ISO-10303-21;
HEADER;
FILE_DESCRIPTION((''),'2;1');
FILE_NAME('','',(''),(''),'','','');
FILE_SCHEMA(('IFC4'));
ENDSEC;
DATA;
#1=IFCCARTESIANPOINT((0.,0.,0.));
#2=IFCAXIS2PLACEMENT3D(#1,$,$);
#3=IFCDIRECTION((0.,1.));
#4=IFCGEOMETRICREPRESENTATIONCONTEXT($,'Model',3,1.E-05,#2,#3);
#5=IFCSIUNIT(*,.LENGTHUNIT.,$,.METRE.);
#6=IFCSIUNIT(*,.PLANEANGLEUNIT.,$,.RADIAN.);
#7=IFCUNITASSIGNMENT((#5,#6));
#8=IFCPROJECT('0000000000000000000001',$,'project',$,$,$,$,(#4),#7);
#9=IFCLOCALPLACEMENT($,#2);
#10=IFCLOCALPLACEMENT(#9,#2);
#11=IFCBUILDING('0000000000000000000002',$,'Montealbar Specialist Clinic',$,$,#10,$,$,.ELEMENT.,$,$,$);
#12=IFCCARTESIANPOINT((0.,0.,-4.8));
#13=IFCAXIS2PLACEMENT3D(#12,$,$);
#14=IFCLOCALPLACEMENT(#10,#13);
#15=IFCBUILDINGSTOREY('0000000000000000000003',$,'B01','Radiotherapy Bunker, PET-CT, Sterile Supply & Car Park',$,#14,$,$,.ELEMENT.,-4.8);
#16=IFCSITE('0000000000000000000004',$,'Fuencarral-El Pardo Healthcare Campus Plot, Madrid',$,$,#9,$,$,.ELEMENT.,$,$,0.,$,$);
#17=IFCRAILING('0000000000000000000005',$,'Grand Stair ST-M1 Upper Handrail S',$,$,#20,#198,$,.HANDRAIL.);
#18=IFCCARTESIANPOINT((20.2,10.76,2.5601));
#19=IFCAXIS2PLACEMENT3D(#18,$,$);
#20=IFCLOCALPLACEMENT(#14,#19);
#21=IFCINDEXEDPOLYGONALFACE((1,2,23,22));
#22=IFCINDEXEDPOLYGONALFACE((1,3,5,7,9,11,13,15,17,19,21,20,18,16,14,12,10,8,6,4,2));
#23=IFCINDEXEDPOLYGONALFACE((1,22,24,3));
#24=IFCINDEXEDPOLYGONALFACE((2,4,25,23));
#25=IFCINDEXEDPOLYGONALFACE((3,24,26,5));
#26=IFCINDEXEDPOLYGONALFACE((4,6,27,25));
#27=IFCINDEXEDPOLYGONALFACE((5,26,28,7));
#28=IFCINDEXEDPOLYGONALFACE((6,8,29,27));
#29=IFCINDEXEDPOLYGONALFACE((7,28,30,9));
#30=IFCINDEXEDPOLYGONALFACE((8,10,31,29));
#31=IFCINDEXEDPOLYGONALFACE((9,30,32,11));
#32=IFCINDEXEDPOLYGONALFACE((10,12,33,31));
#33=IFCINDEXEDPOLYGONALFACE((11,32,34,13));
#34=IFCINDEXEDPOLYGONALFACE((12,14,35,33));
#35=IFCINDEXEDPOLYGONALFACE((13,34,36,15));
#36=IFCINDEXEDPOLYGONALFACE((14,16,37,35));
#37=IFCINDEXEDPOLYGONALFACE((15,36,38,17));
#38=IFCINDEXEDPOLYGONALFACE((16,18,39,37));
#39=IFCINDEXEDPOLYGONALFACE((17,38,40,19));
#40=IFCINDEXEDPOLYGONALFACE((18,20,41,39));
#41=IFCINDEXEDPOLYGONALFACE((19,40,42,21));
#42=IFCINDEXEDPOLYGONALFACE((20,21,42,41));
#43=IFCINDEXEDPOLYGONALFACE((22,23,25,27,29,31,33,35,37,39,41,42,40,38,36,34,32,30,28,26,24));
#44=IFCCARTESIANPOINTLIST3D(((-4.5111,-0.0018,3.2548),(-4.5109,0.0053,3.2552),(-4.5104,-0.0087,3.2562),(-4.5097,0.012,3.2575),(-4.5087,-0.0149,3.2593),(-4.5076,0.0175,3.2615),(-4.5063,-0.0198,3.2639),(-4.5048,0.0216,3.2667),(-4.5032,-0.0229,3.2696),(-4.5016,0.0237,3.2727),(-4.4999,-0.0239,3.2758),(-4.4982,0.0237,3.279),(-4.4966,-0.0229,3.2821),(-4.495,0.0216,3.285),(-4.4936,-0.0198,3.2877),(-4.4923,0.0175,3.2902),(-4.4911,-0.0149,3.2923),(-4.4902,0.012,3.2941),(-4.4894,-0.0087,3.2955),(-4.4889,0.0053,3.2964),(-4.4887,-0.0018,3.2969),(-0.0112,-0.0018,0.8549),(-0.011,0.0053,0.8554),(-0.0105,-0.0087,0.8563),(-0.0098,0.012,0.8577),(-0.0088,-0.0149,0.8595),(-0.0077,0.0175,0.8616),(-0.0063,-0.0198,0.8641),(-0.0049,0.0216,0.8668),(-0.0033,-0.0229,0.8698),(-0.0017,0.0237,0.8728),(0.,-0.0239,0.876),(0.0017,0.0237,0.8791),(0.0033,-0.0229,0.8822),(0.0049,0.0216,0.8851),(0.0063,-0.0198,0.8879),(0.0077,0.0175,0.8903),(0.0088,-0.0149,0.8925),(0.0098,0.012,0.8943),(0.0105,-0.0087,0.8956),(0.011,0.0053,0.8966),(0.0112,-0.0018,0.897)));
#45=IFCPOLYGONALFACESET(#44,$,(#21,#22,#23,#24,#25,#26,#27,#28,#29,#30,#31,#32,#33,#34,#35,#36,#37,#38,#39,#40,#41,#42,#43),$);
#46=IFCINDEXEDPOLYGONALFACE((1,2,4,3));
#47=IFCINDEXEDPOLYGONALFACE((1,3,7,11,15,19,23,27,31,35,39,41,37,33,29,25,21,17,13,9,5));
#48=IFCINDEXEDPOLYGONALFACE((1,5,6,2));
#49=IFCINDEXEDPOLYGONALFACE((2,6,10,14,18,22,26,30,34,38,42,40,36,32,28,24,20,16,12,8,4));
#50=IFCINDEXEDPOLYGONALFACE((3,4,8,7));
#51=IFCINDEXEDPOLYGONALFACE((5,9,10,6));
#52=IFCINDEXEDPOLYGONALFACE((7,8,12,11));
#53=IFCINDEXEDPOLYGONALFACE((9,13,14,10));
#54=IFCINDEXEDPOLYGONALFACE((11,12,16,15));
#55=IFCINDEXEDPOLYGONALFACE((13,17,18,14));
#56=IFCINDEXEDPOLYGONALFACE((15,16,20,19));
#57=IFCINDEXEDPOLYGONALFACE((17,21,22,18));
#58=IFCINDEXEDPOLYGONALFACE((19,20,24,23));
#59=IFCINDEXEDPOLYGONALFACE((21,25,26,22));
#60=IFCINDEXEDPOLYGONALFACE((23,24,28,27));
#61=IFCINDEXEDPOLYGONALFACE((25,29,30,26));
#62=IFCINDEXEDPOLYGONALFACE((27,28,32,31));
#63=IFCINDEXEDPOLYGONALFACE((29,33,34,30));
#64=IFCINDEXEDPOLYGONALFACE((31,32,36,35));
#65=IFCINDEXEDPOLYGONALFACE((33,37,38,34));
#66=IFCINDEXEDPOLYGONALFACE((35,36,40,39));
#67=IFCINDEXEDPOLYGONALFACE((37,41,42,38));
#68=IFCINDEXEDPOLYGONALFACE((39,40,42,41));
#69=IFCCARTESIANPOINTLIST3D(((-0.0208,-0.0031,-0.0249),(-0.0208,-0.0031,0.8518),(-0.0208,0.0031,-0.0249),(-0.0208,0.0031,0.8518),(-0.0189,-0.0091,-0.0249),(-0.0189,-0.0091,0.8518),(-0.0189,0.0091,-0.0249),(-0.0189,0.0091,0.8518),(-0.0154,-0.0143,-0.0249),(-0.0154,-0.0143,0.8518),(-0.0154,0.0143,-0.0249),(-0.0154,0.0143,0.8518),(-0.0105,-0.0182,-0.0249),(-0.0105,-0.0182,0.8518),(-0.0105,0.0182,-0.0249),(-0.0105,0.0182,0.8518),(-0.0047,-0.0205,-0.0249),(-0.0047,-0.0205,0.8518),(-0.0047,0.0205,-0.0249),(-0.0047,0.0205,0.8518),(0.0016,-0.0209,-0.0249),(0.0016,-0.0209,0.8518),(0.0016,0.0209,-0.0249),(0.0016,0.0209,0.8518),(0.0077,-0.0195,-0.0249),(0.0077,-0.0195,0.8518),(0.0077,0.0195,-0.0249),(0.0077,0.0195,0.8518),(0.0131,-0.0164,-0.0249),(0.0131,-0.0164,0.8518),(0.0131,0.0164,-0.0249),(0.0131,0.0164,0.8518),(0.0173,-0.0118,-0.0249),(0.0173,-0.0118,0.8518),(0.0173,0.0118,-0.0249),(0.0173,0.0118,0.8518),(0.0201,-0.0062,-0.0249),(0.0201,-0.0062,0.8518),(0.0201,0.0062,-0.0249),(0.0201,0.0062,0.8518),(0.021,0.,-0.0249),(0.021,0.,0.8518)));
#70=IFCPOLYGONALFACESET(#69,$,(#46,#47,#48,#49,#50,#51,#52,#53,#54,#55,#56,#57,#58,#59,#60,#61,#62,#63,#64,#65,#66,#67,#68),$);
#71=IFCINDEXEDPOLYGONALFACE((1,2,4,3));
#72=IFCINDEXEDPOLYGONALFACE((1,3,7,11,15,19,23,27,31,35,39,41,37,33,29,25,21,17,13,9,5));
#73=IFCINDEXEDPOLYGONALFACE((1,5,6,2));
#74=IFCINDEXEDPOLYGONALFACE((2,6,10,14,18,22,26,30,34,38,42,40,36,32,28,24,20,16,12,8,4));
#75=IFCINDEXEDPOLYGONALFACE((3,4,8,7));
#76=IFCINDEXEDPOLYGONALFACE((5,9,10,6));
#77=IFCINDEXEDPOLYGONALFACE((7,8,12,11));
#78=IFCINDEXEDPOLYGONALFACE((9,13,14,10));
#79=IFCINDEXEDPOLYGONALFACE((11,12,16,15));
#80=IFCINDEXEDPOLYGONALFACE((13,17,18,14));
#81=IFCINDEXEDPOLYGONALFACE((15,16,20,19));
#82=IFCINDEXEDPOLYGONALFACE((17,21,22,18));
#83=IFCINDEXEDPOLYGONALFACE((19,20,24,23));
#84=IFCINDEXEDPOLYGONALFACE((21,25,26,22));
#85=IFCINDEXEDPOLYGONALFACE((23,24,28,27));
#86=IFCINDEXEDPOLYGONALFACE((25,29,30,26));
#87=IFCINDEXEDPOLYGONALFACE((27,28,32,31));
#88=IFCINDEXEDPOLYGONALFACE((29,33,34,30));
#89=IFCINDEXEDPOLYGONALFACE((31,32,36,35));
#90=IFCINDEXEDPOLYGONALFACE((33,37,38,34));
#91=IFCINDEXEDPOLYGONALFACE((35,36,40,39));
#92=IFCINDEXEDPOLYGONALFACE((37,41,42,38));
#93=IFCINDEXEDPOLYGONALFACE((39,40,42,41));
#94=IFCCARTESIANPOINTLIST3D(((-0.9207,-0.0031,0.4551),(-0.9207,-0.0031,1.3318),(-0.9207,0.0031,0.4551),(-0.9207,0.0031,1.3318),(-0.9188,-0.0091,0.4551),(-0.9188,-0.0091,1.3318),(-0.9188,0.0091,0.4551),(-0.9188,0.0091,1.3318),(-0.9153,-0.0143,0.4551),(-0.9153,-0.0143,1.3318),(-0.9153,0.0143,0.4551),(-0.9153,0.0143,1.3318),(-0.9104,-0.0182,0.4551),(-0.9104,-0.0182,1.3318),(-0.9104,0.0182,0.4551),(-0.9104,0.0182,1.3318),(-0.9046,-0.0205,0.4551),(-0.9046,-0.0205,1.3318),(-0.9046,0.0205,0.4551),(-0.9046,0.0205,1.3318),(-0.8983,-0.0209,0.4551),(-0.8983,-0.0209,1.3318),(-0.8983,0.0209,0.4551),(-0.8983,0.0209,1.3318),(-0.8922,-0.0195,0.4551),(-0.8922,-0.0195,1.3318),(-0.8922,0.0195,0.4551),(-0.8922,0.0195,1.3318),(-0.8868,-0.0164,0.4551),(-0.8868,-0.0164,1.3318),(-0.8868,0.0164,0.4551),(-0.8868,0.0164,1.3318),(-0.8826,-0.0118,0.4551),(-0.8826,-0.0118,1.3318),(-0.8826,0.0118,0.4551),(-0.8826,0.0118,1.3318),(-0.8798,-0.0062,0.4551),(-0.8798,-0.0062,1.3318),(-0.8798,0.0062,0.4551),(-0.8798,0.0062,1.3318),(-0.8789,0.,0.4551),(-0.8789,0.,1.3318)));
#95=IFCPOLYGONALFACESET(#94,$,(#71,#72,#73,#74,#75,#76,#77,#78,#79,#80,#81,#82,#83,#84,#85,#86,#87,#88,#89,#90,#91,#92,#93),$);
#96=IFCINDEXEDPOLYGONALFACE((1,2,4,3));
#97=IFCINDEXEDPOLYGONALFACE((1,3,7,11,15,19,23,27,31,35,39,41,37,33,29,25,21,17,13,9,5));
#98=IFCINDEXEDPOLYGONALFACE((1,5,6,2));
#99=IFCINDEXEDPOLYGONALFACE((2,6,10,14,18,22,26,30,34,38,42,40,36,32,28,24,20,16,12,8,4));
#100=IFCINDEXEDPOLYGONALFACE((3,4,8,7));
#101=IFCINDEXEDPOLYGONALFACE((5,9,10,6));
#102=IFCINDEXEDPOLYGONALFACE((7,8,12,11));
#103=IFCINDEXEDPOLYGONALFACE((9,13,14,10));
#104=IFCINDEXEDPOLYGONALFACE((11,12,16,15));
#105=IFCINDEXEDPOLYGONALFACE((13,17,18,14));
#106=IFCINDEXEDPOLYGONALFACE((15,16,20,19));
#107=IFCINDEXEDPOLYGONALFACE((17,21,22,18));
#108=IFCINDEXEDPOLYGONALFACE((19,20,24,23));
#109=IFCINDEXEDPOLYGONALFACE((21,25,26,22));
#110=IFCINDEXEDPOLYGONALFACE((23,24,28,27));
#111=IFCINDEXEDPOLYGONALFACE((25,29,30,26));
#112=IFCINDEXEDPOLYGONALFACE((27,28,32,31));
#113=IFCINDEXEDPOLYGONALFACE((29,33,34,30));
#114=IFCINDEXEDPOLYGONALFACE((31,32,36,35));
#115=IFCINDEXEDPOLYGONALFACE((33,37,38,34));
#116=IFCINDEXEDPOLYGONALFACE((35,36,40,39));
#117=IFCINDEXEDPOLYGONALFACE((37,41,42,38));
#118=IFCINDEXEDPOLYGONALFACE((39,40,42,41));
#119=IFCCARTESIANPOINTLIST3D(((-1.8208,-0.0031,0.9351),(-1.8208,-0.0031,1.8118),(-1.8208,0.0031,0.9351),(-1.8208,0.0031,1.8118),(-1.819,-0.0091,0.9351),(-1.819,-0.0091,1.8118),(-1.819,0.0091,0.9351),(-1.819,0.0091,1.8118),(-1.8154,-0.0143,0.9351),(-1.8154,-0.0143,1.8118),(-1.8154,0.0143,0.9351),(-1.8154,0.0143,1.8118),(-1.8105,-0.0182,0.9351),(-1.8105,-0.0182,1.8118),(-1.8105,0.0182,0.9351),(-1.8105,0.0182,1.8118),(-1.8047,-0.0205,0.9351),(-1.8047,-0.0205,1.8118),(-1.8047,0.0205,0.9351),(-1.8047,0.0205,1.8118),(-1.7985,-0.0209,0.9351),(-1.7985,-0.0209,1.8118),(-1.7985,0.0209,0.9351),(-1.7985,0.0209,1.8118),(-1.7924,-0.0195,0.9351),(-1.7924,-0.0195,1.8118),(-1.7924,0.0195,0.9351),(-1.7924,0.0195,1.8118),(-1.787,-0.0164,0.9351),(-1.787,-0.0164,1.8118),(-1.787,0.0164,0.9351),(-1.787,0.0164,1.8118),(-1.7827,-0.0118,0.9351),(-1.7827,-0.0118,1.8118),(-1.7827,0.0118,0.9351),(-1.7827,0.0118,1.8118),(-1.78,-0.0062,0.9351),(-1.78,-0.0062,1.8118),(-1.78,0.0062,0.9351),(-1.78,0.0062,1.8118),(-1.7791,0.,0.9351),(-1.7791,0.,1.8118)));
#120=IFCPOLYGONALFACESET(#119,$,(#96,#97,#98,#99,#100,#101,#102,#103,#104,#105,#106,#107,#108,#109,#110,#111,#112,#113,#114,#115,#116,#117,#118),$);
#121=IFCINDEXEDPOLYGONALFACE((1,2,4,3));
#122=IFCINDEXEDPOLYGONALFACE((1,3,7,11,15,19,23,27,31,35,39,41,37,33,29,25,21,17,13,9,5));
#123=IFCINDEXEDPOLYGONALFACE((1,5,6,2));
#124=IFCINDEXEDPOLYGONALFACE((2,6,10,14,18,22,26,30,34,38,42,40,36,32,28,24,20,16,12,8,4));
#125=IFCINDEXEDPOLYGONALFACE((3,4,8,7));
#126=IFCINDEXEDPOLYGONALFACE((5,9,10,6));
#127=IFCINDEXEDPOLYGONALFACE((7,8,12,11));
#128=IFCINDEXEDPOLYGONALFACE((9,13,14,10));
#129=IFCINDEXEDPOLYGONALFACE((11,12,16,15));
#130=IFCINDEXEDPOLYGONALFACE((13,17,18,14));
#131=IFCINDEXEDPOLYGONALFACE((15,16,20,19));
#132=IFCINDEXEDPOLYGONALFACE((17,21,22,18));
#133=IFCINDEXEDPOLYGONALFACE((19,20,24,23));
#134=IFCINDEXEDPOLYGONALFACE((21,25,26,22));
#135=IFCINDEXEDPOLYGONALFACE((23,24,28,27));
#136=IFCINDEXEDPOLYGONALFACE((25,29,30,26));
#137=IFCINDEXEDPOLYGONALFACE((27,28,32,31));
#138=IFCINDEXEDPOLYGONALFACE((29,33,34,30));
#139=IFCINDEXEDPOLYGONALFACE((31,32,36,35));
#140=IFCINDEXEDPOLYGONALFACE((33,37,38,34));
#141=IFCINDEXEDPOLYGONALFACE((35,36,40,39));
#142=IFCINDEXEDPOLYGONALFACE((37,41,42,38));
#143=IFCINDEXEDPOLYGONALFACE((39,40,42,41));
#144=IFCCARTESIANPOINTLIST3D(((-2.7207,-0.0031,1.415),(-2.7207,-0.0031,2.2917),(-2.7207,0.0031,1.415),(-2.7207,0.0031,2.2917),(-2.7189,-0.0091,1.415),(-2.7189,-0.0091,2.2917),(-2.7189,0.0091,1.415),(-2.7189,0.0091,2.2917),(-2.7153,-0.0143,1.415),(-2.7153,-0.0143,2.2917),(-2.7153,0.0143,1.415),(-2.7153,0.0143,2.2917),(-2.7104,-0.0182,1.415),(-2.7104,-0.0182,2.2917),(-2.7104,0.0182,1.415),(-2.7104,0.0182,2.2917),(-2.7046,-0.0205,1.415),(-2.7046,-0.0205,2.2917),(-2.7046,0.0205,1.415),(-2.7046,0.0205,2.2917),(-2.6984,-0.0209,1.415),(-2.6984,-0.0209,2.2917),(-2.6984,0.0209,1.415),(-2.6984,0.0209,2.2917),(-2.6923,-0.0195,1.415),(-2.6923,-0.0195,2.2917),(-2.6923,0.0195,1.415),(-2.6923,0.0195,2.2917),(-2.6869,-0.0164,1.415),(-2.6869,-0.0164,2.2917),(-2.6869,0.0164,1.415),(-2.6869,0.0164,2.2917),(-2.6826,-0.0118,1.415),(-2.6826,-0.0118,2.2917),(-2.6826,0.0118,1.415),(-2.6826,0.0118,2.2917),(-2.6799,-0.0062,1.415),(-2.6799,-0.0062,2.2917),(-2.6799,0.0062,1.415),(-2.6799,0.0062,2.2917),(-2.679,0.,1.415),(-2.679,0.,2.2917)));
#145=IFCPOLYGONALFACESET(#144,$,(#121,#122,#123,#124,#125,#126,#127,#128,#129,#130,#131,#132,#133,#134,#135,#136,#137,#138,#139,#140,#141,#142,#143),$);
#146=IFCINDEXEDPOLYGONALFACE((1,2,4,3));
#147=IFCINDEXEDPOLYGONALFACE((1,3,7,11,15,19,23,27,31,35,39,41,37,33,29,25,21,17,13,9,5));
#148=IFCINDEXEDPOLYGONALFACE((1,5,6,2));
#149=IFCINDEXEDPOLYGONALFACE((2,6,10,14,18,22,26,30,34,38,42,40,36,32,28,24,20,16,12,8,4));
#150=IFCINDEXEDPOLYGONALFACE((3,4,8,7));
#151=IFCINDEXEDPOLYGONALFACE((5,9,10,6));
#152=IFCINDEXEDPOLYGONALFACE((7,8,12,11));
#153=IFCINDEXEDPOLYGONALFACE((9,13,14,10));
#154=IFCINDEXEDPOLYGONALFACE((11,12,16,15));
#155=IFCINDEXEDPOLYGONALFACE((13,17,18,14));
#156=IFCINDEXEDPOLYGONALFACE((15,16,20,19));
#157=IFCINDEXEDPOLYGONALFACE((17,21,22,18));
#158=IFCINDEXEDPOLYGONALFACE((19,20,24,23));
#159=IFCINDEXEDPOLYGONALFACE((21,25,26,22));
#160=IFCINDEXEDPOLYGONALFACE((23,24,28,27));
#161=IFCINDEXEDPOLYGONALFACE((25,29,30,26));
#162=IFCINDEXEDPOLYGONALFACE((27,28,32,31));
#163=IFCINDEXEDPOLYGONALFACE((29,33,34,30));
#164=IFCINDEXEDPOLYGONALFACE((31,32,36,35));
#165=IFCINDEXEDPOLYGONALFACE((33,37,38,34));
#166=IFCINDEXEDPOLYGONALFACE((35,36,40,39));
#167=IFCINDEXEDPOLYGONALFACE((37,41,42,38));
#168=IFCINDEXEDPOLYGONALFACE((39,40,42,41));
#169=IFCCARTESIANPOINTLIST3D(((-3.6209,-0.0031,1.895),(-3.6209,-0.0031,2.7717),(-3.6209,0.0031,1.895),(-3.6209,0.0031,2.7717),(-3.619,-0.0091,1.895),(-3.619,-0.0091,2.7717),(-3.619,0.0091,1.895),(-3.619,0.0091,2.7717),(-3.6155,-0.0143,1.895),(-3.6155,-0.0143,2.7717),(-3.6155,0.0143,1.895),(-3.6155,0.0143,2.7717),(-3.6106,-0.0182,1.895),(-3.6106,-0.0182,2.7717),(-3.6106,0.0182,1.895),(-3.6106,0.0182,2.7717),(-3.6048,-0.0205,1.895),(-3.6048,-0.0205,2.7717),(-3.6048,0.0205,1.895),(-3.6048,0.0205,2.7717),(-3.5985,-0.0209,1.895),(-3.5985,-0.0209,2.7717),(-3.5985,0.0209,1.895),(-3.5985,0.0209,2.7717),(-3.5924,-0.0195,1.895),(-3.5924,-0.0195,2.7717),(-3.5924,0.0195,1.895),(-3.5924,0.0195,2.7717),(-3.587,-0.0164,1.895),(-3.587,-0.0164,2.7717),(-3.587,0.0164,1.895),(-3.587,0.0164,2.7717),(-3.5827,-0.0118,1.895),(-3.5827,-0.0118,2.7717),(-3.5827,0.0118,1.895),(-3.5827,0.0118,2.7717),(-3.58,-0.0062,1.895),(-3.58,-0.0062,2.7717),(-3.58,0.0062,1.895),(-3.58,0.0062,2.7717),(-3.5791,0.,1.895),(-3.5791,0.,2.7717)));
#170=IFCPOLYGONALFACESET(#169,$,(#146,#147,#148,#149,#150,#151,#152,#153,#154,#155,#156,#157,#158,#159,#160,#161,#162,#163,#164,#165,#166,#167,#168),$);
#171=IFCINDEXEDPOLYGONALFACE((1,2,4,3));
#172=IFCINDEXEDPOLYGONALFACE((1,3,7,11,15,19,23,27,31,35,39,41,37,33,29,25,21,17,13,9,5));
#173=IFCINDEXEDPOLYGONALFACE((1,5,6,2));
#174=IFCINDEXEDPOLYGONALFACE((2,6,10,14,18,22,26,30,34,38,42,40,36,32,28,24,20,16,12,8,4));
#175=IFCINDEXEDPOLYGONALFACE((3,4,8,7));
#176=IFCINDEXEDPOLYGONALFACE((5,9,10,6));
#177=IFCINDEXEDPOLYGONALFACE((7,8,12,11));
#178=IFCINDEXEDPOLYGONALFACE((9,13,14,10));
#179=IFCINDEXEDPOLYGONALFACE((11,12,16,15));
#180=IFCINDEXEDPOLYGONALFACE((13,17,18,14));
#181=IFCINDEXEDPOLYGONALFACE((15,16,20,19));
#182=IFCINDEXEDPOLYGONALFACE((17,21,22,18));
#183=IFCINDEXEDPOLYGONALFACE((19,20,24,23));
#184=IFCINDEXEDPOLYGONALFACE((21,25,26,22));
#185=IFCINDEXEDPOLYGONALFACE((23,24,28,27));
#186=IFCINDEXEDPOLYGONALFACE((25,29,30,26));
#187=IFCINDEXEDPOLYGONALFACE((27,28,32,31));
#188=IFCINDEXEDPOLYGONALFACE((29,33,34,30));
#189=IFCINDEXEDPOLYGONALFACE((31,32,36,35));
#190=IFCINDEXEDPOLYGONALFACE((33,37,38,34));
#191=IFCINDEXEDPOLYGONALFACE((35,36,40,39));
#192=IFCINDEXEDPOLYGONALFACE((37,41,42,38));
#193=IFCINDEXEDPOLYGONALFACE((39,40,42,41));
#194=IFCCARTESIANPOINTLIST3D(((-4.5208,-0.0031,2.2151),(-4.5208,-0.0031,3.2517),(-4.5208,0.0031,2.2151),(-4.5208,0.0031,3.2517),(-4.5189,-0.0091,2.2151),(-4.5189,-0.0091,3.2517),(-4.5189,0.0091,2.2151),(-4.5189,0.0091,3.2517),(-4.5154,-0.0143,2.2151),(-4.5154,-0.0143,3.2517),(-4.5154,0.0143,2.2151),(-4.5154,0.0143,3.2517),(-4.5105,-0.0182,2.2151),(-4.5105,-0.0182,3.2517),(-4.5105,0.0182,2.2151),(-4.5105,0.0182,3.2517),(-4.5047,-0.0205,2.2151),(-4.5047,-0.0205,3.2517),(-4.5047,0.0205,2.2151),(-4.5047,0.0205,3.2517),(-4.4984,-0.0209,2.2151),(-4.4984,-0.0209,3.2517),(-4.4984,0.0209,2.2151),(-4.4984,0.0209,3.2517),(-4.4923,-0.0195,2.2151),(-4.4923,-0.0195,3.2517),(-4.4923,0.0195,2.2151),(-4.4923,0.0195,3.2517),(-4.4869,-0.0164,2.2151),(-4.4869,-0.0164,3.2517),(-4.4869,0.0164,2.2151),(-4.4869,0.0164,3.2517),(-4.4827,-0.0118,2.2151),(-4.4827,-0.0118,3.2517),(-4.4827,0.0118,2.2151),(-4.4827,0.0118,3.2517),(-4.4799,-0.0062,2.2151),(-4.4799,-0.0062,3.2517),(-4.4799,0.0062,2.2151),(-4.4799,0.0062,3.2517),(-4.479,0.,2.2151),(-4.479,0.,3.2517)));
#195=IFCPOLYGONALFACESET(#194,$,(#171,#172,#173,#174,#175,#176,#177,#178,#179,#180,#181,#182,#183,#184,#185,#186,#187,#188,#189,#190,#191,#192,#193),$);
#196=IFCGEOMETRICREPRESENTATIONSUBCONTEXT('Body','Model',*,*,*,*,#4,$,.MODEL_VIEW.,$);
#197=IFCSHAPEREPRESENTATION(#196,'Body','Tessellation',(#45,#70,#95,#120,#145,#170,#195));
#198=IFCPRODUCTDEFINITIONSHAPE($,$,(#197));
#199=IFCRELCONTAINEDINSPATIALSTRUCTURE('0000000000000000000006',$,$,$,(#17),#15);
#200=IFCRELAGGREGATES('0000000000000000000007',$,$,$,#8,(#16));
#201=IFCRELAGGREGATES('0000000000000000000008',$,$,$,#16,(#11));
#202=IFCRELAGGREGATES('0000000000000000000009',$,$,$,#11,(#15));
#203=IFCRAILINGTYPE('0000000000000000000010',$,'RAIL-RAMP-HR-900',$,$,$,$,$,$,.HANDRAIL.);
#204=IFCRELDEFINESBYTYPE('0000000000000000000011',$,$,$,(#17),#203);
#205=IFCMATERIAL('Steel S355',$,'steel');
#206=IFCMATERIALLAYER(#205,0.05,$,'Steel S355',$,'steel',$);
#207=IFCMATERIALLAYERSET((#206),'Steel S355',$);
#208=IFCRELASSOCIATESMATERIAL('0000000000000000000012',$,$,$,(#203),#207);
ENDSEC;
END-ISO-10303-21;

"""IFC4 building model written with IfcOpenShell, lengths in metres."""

from ifc_helpers import new_model, si_unit, direction, frame, origin, origin_2d, place, context, subcontext, project, spatial, circle, extrude, material, layer, layer_set, type_object, element, save


model = new_model("IFC4")

# Units and contexts
model_context = context("Model", 3, precision=1e-05, world=origin(), true_north=direction((0.0, 1.0)))
body_context = subcontext(model_context, "Body", "Model", "MODEL_VIEW")
ifc_project = project(units=[si_unit("LENGTHUNIT", "METRE"), si_unit("PLANEANGLEUNIT", "RADIAN")], contexts=[model_context])

# Site, building, storey
site_placement = place(None, origin())
site = spatial("IfcSite", under=ifc_project, at=site_placement, Name="Fuencarral-El Pardo Healthcare Campus Plot, Madrid", CompositionType="ELEMENT", RefElevation=0.0)
building_placement = place(site_placement, origin())
building = spatial("IfcBuilding", under=site, at=building_placement, Name="Montealbar Specialist Clinic", CompositionType="ELEMENT")
storey_placement = place(building_placement, frame((0.0, 0.0, -4.8)))
storey = spatial("IfcBuildingStorey", under=building, at=storey_placement, Name="B01", Description="Radiotherapy Bunker, PET-CT, Sterile Supply & Car Park", CompositionType="ELEMENT", Elevation=-4.8)

# Railing
ifc_material_1 = material(Name="Steel S355", Category="steel")
ifc_layer_1 = layer(ifc_material_1, 0.05, Name="Steel S355", Category="steel")
ifc_layer_set_1 = layer_set([ifc_layer_1], Name="Steel S355")
railing_type = type_object("IfcRailingType", Name="RAIL-RAMP-HR-900", PredefinedType="HANDRAIL", material=ifc_layer_set_1)
for number, where, name in (
    (1, (20.2, 10.76, 2.5601), "Grand Stair ST-M1 Upper Handrail S"),
):
    element("IfcRailing", number, at=place(storey_placement, frame(where)), inside=storey, type_object=railing_type, Name=name, PredefinedType="HANDRAIL", context=body_context, shape_type="SweptSolid", body=[
        extrude(circle(Radius=0.0239, at=origin_2d()), frame((0.0, 0.0, 0.876), z_axis=(-0.882361, 0.0, 0.470573), x_axis=(0.0, -1.0, 0.0)), (0.0, 0.0, 1.0), 5.0999),
        extrude(circle(Radius=0.021, at=origin_2d()), frame((0.0, 0.0, -0.0249)), (0.0, 0.0, 1.0), 0.8767),
        extrude(circle(Radius=0.021, at=origin_2d()), frame((-0.8999, 0.0, 0.4551)), (0.0, 0.0, 1.0), 0.8767),
        extrude(circle(Radius=0.021, at=origin_2d()), frame((-1.8, 0.0, 0.9351)), (0.0, 0.0, 1.0), 0.8767),
        extrude(circle(Radius=0.021, at=origin_2d()), frame((-2.7, 0.0, 1.415)), (0.0, 0.0, 1.0), 0.8767),
        extrude(circle(Radius=0.021, at=origin_2d()), frame((-3.6001, 0.0, 1.895)), (0.0, 0.0, 1.0), 0.8767),
        extrude(circle(Radius=0.021, at=origin_2d()), frame((-4.5, 0.0, 2.2151)), (0.0, 0.0, 1.0), 1.0366),
    ])

save(model, "model.ifc")
